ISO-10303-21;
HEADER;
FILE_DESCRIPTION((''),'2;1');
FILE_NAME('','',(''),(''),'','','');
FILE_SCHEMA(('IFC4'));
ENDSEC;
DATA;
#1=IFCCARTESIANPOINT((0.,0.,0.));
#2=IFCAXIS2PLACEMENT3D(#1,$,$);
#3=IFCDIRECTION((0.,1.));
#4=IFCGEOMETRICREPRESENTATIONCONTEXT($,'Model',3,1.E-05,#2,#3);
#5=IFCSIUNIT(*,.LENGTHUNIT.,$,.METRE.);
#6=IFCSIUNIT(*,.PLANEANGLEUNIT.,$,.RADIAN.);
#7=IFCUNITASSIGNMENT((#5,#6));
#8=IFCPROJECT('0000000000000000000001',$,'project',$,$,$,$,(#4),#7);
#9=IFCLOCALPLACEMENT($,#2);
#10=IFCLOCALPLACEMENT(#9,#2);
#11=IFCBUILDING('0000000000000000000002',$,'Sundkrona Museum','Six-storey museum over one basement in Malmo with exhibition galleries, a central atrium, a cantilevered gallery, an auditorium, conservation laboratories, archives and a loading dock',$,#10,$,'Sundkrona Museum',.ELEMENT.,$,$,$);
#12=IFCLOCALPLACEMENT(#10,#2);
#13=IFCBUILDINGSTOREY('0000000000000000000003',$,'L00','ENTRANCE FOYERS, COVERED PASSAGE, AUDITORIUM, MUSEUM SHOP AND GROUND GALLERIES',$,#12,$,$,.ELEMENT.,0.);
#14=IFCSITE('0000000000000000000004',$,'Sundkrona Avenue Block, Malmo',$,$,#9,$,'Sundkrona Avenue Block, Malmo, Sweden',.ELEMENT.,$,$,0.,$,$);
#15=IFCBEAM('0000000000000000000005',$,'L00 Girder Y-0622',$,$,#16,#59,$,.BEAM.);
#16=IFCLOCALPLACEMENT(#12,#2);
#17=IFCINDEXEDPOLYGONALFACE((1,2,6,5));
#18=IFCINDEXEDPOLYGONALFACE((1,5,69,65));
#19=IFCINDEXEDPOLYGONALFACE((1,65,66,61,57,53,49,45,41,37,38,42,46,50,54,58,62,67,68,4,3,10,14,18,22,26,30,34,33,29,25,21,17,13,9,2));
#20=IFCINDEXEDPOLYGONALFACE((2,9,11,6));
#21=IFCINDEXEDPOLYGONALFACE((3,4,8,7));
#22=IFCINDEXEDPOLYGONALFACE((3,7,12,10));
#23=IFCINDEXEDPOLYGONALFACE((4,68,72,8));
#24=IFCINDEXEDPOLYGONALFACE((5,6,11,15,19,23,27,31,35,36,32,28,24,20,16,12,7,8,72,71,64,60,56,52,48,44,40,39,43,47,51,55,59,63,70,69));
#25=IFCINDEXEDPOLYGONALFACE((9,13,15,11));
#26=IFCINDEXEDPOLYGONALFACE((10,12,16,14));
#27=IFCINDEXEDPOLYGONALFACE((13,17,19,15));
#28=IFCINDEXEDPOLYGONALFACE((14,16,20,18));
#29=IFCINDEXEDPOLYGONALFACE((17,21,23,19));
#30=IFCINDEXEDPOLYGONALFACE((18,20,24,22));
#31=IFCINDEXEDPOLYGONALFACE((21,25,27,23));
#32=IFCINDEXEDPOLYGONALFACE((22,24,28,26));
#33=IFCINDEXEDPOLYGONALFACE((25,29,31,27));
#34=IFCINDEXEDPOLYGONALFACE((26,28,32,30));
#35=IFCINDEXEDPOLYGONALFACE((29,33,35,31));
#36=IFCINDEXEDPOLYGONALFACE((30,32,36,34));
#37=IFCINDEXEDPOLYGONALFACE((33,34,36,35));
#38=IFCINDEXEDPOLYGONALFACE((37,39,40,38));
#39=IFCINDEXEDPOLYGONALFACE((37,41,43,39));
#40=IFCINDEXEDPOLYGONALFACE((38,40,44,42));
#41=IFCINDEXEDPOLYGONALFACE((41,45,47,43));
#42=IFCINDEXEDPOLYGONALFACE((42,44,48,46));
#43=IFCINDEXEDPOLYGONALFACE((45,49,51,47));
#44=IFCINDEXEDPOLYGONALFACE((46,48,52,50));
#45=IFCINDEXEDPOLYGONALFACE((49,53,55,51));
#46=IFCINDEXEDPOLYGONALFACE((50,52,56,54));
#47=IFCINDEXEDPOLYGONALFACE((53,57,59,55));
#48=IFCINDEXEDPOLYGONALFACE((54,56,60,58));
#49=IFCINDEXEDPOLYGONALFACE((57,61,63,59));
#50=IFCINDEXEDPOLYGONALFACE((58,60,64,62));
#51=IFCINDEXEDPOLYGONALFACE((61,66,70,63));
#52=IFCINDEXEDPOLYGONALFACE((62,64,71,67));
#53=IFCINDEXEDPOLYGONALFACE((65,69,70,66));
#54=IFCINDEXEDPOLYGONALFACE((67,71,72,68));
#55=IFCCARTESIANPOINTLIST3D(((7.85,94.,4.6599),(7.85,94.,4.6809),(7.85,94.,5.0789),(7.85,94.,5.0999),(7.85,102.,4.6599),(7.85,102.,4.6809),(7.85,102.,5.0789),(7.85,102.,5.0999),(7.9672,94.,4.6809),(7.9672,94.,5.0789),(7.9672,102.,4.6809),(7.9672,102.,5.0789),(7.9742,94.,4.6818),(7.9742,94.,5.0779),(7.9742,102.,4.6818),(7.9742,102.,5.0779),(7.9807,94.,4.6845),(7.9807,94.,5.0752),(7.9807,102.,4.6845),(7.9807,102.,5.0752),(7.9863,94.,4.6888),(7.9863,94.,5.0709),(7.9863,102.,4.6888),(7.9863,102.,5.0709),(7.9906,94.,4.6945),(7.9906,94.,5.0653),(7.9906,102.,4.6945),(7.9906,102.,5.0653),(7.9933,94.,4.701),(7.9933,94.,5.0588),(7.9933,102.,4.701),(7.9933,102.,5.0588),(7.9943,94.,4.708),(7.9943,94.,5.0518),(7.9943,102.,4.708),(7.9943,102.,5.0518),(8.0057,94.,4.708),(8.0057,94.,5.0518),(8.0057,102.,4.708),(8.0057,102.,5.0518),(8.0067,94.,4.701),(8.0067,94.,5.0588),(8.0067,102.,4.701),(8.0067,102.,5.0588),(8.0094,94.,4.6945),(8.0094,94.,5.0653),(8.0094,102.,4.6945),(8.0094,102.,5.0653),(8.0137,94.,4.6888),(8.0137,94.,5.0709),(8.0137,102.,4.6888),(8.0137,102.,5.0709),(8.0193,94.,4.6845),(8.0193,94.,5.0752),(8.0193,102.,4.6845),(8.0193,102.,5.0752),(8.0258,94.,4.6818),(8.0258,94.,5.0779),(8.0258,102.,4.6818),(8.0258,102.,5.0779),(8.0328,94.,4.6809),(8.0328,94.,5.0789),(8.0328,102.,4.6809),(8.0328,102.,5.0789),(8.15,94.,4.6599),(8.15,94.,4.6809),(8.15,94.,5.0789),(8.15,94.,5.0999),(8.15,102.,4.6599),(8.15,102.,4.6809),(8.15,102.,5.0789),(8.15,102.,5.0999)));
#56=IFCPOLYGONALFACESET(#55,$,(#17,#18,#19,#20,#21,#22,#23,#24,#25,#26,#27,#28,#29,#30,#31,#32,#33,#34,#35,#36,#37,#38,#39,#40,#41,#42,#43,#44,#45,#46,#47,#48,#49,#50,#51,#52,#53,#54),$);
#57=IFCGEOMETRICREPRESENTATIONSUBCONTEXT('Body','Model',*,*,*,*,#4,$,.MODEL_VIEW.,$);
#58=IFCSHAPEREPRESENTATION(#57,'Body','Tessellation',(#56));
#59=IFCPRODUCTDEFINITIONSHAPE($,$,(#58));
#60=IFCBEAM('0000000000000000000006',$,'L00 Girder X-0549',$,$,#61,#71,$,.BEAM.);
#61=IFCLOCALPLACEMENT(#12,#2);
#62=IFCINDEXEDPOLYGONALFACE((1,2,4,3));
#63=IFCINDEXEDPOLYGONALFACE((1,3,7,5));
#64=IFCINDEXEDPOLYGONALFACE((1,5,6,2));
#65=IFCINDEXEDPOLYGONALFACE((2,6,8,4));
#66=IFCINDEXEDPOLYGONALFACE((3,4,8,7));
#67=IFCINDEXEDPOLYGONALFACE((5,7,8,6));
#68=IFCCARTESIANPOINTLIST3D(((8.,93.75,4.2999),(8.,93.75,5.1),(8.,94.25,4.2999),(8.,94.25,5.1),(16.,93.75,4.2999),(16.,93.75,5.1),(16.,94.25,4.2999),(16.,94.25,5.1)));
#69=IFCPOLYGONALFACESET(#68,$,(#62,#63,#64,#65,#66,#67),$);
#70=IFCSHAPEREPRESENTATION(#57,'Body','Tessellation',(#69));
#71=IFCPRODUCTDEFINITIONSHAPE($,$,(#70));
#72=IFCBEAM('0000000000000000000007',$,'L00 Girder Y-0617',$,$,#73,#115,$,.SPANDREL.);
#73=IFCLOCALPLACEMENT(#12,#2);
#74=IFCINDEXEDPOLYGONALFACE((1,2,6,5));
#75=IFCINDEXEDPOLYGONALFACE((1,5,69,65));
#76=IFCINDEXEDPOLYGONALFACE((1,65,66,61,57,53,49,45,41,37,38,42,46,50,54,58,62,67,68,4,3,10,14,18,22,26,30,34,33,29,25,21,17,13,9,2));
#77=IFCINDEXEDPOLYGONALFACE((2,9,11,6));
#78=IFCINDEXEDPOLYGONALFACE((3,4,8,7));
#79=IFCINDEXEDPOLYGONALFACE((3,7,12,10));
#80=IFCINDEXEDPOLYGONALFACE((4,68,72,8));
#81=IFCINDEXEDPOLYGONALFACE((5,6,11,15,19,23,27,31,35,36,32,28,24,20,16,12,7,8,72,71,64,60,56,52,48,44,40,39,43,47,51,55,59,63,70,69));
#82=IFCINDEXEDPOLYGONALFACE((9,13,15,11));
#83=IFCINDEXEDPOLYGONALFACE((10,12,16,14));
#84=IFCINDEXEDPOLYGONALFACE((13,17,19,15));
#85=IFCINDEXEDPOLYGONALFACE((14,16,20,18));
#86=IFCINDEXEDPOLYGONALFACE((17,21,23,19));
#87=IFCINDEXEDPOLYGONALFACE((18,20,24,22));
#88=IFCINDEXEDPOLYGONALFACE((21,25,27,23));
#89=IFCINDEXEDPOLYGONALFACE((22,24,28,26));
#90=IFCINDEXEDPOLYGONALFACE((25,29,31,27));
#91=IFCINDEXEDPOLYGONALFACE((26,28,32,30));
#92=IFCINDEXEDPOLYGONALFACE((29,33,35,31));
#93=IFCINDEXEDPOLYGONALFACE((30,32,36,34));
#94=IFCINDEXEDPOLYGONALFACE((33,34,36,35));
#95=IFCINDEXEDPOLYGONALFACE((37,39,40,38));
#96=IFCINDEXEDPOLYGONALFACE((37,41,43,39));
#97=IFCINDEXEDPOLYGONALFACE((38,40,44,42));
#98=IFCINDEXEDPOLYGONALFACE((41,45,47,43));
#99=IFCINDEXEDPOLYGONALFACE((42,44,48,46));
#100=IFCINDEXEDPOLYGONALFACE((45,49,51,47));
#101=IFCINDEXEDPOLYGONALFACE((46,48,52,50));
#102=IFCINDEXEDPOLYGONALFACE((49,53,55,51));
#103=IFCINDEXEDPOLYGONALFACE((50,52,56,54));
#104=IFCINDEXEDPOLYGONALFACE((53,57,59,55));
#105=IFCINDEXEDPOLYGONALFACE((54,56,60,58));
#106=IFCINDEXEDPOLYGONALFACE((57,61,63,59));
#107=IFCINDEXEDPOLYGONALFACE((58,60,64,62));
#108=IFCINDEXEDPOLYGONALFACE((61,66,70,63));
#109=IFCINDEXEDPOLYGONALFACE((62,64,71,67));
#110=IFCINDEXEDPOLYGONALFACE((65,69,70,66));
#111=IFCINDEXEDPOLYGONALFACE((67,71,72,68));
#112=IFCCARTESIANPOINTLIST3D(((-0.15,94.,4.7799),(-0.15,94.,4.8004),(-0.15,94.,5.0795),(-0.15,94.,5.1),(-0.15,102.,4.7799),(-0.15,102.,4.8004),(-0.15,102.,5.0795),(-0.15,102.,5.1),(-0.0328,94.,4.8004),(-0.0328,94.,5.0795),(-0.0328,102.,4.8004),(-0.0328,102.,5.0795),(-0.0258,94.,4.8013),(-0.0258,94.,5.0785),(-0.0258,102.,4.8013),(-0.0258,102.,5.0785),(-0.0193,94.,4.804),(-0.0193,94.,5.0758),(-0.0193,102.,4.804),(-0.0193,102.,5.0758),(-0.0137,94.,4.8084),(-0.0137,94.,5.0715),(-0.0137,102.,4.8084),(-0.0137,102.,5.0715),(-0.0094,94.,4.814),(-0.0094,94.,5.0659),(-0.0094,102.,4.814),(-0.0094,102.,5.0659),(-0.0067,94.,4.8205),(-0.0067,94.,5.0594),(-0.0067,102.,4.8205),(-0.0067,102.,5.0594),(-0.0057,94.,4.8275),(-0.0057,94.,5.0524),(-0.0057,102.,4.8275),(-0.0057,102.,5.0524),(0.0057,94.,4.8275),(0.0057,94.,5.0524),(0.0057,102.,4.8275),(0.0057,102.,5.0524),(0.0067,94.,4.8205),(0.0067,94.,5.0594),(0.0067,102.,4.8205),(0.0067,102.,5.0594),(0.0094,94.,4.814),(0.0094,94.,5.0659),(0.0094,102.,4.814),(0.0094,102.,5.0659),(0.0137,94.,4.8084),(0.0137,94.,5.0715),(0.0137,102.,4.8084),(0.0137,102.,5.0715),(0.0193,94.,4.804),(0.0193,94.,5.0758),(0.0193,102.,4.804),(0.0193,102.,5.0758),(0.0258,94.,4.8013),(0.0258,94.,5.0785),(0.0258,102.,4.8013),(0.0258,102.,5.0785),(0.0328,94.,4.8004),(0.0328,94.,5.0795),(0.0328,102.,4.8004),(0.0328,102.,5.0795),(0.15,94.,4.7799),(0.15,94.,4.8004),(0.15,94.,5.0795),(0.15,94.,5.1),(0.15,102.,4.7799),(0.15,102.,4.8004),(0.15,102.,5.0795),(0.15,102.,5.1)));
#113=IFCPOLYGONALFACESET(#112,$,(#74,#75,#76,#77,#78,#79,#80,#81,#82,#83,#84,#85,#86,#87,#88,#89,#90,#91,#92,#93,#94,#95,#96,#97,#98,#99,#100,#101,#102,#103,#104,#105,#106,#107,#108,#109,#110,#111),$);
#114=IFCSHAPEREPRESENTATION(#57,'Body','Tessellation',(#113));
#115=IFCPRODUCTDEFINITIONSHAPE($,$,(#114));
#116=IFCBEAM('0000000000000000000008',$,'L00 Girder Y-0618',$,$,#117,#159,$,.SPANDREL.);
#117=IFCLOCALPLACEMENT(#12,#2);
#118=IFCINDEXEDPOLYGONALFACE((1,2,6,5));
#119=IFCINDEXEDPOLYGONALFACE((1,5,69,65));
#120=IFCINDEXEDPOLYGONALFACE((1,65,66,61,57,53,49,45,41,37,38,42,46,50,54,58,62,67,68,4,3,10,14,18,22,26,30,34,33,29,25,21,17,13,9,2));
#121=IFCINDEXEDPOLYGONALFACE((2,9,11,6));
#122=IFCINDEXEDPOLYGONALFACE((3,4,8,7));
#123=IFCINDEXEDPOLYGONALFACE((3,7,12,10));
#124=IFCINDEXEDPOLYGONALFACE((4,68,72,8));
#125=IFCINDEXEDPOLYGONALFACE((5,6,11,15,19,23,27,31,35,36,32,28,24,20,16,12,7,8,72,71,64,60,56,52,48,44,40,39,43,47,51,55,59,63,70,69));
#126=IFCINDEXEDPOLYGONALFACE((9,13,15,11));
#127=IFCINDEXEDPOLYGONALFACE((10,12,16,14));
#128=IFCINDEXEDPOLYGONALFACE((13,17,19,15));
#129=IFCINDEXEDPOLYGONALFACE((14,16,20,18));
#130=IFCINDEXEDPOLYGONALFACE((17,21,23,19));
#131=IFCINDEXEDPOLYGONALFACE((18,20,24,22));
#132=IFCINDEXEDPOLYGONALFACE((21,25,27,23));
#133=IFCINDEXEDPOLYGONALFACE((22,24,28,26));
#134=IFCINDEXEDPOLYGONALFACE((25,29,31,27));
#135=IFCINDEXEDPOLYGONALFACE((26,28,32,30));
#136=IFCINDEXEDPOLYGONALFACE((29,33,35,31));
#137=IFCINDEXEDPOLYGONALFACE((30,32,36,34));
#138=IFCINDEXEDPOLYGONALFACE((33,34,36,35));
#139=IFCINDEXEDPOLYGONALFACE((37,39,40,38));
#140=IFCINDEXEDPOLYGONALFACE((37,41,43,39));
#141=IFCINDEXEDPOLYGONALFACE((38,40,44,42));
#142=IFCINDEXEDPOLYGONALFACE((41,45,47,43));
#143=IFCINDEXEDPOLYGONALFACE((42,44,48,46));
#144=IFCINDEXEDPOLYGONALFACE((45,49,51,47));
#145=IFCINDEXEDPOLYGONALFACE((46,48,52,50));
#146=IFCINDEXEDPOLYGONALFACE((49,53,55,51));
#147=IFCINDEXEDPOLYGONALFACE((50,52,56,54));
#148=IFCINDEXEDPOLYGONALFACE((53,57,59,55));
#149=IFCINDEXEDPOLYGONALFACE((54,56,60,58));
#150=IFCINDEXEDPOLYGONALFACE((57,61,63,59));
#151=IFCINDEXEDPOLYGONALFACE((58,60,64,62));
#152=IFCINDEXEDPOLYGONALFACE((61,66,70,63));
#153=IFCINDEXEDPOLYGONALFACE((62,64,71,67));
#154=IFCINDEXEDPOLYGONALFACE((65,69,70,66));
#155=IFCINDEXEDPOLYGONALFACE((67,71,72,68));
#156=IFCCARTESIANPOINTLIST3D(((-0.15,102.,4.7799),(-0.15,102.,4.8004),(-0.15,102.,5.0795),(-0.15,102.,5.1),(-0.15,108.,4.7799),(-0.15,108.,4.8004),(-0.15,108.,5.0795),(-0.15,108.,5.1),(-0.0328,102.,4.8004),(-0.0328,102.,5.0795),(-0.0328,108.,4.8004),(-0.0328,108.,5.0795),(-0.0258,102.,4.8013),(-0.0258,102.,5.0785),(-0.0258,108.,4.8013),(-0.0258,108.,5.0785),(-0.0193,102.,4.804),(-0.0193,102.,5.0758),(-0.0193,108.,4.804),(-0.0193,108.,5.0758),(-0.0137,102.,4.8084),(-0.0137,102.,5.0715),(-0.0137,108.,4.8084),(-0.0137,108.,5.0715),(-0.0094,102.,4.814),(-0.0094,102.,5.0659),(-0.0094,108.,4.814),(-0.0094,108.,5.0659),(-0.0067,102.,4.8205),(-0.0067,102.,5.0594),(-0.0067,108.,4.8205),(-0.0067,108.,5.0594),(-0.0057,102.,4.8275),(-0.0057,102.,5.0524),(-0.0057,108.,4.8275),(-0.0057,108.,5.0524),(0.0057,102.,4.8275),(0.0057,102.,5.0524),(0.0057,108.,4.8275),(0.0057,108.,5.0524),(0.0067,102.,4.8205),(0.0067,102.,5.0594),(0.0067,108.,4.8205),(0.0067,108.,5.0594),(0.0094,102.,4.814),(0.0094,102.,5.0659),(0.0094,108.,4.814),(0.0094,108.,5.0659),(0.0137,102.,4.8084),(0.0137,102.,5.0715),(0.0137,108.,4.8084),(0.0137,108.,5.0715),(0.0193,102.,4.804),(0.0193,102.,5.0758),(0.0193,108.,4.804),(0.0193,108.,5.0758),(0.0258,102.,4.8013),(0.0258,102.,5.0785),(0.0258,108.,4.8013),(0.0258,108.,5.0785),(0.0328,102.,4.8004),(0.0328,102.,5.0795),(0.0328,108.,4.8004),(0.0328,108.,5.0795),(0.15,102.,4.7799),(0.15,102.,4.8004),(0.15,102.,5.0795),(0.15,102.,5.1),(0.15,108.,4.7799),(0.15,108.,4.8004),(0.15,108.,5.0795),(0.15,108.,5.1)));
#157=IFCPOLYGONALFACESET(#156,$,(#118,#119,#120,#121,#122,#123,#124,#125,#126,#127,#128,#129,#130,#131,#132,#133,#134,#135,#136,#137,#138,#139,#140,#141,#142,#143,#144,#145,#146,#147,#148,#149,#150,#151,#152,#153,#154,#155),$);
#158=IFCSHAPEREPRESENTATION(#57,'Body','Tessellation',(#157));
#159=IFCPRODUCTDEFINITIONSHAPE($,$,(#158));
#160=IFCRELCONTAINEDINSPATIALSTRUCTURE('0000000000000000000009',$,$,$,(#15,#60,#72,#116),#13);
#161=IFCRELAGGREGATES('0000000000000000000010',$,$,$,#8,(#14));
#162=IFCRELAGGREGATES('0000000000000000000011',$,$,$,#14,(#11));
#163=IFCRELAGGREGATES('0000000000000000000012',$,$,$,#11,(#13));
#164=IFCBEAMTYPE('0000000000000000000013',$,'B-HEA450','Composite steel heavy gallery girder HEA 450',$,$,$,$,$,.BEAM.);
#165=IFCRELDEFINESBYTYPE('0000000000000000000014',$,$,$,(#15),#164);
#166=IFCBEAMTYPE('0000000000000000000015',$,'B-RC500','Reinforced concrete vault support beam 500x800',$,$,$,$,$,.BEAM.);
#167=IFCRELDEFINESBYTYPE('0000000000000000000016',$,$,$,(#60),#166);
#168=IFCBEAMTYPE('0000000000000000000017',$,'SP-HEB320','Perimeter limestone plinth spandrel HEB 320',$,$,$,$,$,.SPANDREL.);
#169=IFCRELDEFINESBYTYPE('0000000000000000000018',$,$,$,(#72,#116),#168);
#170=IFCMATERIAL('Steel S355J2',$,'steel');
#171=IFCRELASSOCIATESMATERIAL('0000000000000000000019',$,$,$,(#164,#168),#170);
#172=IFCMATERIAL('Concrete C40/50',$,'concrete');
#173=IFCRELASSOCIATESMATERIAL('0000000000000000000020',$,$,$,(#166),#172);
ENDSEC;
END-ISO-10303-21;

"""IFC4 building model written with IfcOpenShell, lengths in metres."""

from ifc_helpers import new_model, si_unit, direction, frame, origin, origin_2d, place, context, subcontext, project, spatial, rectangle, i_section, extrude, material, material_profile, profile_set, type_object, element, save


model = new_model("IFC4")

# Units and contexts
model_context = context("Model", 3, precision=1e-05, world=origin(), true_north=direction((0.0, 1.0)))
body_context = subcontext(model_context, "Body", "Model", "MODEL_VIEW")
ifc_project = project(units=[si_unit("LENGTHUNIT", "METRE"), si_unit("PLANEANGLEUNIT", "RADIAN")], contexts=[model_context])

# Site, building, storey
site_placement = place(None, origin())
site = spatial("IfcSite", under=ifc_project, at=site_placement, Name="Sundkrona Avenue Block, Malmo", LongName="Sundkrona Avenue Block, Malmo, Sweden", CompositionType="ELEMENT", RefElevation=0.0)
building_placement = place(site_placement, origin())
building = spatial("IfcBuilding", under=site, at=building_placement, Name="Sundkrona Museum", Description="Six-storey museum over one basement in Malmo with exhibition galleries, a central atrium, a cantilevered gallery, an auditorium, conservation laboratories, archives and a loading dock", LongName="Sundkrona Museum", CompositionType="ELEMENT")
storey_placement = place(building_placement, origin())
storey = spatial("IfcBuildingStorey", under=building, at=storey_placement, Name="L00", Description="ENTRANCE FOYERS, COVERED PASSAGE, AUDITORIUM, MUSEUM SHOP AND GROUND GALLERIES", CompositionType="ELEMENT", Elevation=0.0)

# Shared definitions
ifc_material_1 = material(Name="Steel S355J2", Category="steel")

# Beams
ifc_material_profile_1 = material_profile(ifc_material_1, i_section(OverallWidth=0.3, OverallDepth=0.4399, WebThickness=0.0115, FlangeThickness=0.021, FilletRadius=0.0271, at=origin_2d()), Name="HEA 450")
ifc_profile_set_1 = profile_set([ifc_material_profile_1], Name="Steel S355J2")
beam_type_1 = type_object("IfcBeamType", Name="B-HEA450", Description="Composite steel heavy gallery girder HEA 450", PredefinedType="BEAM", material=ifc_profile_set_1)
for number, where, z_axis, x_axis, name in (
    (1, (8.0, 94.0, 4.8799), (0.0, 1.0, 0.0), (-1.0, 0.0, 0.0), "L00 Girder Y-0622"),
):
    element("IfcBeam", number, at=place(storey_placement, frame(where, z_axis=z_axis, x_axis=x_axis)), inside=storey, type_object=beam_type_1, Name=name, PredefinedType="BEAM", context=body_context, shape_type="SweptSolid", body=[
        extrude(i_section(OverallWidth=0.3, OverallDepth=0.4399, WebThickness=0.0115, FlangeThickness=0.021, FilletRadius=0.0271, at=origin_2d()), origin(), (0.0, 0.0, 1.0), 8.0),
    ])
ifc_material_2 = material(Name="Concrete C40/50", Category="concrete")
ifc_material_profile_2 = material_profile(ifc_material_2, rectangle(XDim=0.5, YDim=0.8, at=origin_2d()), Name="RCB 500x800")
ifc_profile_set_2 = profile_set([ifc_material_profile_2], Name="Concrete C40/50")
beam_type_2 = type_object("IfcBeamType", Name="B-RC500", Description="Reinforced concrete vault support beam 500x800", PredefinedType="BEAM", material=ifc_profile_set_2)
beam_1_placement = place(storey_placement, frame((8.0, 94.0, 4.7), z_axis=(1.0, 0.0, 0.0), x_axis=(0.0, 1.0, 0.0)))
element("IfcBeam", 2, at=beam_1_placement, inside=storey, type_object=beam_type_2, Name="L00 Girder X-0549", PredefinedType="BEAM", context=body_context, shape_type="SweptSolid", body=[
    extrude(rectangle(XDim=0.5, YDim=0.8, at=origin_2d()), origin(), (0.0, 0.0, 1.0), 8.0),
])
ifc_material_profile_3 = material_profile(ifc_material_1, i_section(OverallWidth=0.3, OverallDepth=0.3201, WebThickness=0.0115, FlangeThickness=0.0205, FilletRadius=0.0271, at=origin_2d()), Name="HEB 320")
ifc_profile_set_3 = profile_set([ifc_material_profile_3], Name="Steel S355J2")
beam_type_3 = type_object("IfcBeamType", Name="SP-HEB320", Description="Perimeter limestone plinth spandrel HEB 320", PredefinedType="SPANDREL", material=ifc_profile_set_3)
beam_2_placement = place(storey_placement, frame((0.0, 94.0, 4.9399), z_axis=(0.0, 1.0, 0.0), x_axis=(-1.0, 0.0, 0.0)))
element("IfcBeam", 3, at=beam_2_placement, inside=storey, type_object=beam_type_3, Name="L00 Girder Y-0617", PredefinedType="SPANDREL", context=body_context, shape_type="SweptSolid", body=[
    extrude(i_section(OverallWidth=0.3, OverallDepth=0.3201, WebThickness=0.0115, FlangeThickness=0.0205, FilletRadius=0.0271, at=origin_2d()), origin(), (0.0, 0.0, 1.0), 8.0),
])
beam_3_placement = place(storey_placement, frame((0.0, 102.0, 4.9399), z_axis=(0.0, 1.0, 0.0), x_axis=(-1.0, 0.0, 0.0)))
element("IfcBeam", 4, at=beam_3_placement, inside=storey, type_object=beam_type_3, Name="L00 Girder Y-0618", PredefinedType="SPANDREL", context=body_context, shape_type="SweptSolid", body=[
    extrude(i_section(OverallWidth=0.3, OverallDepth=0.3201, WebThickness=0.0115, FlangeThickness=0.0205, FilletRadius=0.0271, at=origin_2d()), origin(), (0.0, 0.0, 1.0), 6.0),
])

save(model, "model.ifc")
